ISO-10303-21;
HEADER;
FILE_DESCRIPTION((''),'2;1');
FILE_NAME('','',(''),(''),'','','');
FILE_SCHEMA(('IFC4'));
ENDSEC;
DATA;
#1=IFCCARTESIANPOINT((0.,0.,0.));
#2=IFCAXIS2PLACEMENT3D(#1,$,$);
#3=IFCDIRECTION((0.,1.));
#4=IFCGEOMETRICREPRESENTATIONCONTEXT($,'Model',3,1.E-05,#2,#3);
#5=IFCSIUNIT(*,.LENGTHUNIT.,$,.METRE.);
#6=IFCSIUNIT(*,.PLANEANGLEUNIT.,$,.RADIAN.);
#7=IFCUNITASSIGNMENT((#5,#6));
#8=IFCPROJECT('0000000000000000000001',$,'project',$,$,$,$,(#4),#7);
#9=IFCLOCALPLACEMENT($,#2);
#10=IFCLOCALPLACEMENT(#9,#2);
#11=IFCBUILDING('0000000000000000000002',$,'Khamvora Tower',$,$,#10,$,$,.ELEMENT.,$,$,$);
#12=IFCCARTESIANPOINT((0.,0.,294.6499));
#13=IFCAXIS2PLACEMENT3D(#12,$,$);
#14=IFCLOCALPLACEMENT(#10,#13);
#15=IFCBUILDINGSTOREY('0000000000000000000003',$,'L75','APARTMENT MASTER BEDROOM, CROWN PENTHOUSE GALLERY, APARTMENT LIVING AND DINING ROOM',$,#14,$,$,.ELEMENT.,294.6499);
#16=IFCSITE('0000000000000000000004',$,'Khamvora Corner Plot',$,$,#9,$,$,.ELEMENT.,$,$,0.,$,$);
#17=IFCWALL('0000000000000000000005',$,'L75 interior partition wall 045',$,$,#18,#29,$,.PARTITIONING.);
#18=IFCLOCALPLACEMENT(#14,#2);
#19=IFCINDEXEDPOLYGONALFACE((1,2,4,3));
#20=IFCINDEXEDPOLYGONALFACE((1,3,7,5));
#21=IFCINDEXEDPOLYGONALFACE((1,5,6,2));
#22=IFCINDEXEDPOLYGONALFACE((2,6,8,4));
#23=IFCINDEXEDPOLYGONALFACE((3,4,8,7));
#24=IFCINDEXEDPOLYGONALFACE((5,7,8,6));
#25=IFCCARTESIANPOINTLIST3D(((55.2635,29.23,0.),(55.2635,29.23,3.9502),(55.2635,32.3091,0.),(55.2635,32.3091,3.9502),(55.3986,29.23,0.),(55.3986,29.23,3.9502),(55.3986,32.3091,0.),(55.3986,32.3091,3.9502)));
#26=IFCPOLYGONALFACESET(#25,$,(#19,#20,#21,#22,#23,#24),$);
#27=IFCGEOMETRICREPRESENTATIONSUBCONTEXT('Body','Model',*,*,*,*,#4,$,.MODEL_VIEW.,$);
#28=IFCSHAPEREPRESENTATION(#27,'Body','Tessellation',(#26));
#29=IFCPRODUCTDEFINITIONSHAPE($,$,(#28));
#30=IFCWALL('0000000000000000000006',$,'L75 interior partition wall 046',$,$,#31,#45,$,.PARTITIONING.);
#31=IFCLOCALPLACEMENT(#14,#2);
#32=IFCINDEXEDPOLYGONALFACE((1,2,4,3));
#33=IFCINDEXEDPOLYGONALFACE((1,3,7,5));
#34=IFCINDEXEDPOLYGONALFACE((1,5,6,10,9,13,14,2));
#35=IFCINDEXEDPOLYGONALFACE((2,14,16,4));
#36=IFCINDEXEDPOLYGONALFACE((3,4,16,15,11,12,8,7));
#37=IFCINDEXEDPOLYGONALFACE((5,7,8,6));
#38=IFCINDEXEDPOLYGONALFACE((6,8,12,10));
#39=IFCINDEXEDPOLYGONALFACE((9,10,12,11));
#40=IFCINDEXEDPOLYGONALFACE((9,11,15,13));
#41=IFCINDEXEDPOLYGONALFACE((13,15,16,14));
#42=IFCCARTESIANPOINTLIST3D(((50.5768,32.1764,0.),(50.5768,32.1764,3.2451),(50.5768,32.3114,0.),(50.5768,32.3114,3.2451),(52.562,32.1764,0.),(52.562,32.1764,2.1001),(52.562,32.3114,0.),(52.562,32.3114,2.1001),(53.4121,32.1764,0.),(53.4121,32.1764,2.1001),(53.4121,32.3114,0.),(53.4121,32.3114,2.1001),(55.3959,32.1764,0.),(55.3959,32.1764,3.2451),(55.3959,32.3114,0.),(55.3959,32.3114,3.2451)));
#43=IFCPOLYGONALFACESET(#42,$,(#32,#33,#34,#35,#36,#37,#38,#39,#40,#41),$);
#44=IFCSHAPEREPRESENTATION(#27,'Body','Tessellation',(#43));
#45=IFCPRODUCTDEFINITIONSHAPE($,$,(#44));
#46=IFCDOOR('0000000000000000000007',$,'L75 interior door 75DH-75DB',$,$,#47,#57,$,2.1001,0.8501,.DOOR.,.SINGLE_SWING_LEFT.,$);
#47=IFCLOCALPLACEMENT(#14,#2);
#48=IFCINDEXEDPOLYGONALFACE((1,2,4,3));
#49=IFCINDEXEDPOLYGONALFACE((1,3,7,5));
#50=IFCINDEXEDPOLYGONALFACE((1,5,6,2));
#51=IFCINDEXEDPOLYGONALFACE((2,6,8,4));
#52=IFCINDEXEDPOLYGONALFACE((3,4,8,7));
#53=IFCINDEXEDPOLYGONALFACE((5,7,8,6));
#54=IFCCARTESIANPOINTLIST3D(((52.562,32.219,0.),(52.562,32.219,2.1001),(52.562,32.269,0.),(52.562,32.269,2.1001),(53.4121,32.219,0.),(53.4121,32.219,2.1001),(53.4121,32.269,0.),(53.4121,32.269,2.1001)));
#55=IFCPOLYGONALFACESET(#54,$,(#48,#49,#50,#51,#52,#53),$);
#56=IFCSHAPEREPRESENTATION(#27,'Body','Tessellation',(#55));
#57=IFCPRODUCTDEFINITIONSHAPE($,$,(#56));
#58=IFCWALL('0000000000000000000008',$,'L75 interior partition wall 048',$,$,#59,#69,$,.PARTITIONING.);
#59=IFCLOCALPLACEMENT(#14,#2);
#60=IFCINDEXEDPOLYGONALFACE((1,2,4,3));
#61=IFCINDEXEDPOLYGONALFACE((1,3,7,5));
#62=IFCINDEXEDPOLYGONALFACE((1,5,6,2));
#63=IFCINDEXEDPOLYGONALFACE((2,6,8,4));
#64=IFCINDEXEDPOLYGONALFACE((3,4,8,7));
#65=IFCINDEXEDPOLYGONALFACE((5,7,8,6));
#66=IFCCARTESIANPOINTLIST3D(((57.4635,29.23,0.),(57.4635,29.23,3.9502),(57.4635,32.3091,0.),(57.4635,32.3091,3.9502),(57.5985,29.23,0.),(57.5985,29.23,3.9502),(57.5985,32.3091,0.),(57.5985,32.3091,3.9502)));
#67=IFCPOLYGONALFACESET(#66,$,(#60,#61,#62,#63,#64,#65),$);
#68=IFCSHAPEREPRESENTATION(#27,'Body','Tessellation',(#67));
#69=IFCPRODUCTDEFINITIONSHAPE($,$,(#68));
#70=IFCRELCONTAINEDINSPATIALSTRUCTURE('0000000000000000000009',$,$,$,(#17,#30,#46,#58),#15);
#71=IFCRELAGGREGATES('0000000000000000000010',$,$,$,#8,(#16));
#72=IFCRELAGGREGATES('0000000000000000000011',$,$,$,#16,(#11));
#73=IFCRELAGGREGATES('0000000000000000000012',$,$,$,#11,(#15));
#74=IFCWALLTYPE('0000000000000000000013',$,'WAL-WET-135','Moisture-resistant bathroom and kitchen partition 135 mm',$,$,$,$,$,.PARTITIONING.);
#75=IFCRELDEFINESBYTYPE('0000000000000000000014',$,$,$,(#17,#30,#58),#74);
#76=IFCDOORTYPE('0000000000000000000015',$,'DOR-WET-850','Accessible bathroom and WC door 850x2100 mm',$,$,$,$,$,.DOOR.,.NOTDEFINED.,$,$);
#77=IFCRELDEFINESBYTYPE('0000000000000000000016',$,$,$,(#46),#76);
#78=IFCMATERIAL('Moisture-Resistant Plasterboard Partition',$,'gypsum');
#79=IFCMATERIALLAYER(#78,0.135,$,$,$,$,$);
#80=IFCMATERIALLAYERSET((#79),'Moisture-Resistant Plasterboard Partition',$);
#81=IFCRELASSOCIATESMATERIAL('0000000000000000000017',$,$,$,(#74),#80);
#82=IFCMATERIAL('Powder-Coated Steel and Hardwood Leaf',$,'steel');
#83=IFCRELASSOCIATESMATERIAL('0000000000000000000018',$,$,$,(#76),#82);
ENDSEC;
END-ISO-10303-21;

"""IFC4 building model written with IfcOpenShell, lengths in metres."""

from ifc_helpers import new_model, si_unit, direction, frame, frame_2d, origin, place, context, subcontext, project, spatial, rectangle, extrude, material, layer, layer_set, type_object, element, fill, save


model = new_model("IFC4")

# Units and contexts
model_context = context("Model", 3, precision=1e-05, world=origin(), true_north=direction((0.0, 1.0)))
body_context = subcontext(model_context, "Body", "Model", "MODEL_VIEW")
ifc_project = project(units=[si_unit("LENGTHUNIT", "METRE"), si_unit("PLANEANGLEUNIT", "RADIAN")], contexts=[model_context])

# Site, building, storey
site_placement = place(None, origin())
site = spatial("IfcSite", under=ifc_project, at=site_placement, Name="Khamvora Corner Plot", CompositionType="ELEMENT", RefElevation=0.0)
building_placement = place(site_placement, origin())
building = spatial("IfcBuilding", under=site, at=building_placement, Name="Khamvora Tower", CompositionType="ELEMENT")
storey_placement = place(building_placement, frame((0.0, 0.0, 294.6499)))
storey = spatial("IfcBuildingStorey", under=building, at=storey_placement, Name="L75", Description="APARTMENT MASTER BEDROOM, CROWN PENTHOUSE GALLERY, APARTMENT LIVING AND DINING ROOM", CompositionType="ELEMENT", Elevation=294.6499)

# Shared definitions
ifc_material_1 = material(Name="Powder-Coated Steel and Hardwood Leaf", Category="steel")

# Wall
ifc_material_2 = material(Name="Moisture-Resistant Plasterboard Partition", Category="gypsum")
ifc_layer_1 = layer(ifc_material_2, 0.135)
ifc_layer_set_1 = layer_set([ifc_layer_1], Name="Moisture-Resistant Plasterboard Partition")
wall_type_1 = type_object("IfcWallType", Name="WAL-WET-135", Description="Moisture-resistant bathroom and kitchen partition 135 mm", PredefinedType="PARTITIONING", material=ifc_layer_set_1)
wall_1_placement = place(storey_placement, frame((55.3311, 29.23, 0.0), z_axis=(0.0, 0.0, 1.0), x_axis=(0.0, 1.0, 0.0)))
element("IfcWall", 1, at=wall_1_placement, inside=storey, type_object=wall_type_1, Name="L75 interior partition wall 045", PredefinedType="PARTITIONING", context=body_context, shape_type="SweptSolid", body=[
    extrude(rectangle(XDim=3.0791, YDim=0.135, at=frame_2d((1.5396, 0.0))), origin(), (0.0, 0.0, 1.0), 3.9502),
])

# Wall, opening, door
wall_2_placement = place(storey_placement, frame((55.396, 32.2439, 0.0), z_axis=(0.0, 0.0, 1.0), x_axis=(-1.0, 0.0, 0.0)))
wall_2 = element("IfcWall", 2, at=wall_2_placement, inside=storey, type_object=wall_type_1, Name="L75 interior partition wall 046", PredefinedType="PARTITIONING", context=body_context, shape_type="SweptSolid", body=[
    extrude(rectangle(XDim=4.8191, YDim=0.135, at=frame_2d((2.4097, 0.0))), origin(), (0.0, 0.0, 1.0), 3.2451),
])
opening_1_placement = place(wall_2_placement, frame((1.9839, 0.0, 0.0)))
opening_1 = element("IfcOpeningElement", 3, at=opening_1_placement, cuts=wall_2, PredefinedType="OPENING", context=body_context, shape_type="SweptSolid", body=[
    extrude(rectangle(XDim=0.8501, YDim=2.1001, at=frame_2d((0.425, 1.05))), frame((0.0, 0.0774, 0.0), z_axis=(0.0, -1.0, 0.0), x_axis=(1.0, 0.0, 0.0)), (0.0, 0.0, 1.0), 0.155),
])
door_type_1 = type_object("IfcDoorType", Name="DOR-WET-850", Description="Accessible bathroom and WC door 850x2100 mm", OperationType="NOTDEFINED", PredefinedType="DOOR", material=ifc_material_1)
door_1_placement = place(opening_1_placement, origin())
door_1 = element("IfcDoor", 4, at=door_1_placement, inside=storey, type_object=door_type_1, Name="L75 interior door 75DH-75DB", OperationType="SINGLE_SWING_LEFT", OverallHeight=2.1001, OverallWidth=0.8501, PredefinedType="DOOR", context=body_context, shape_type="SweptSolid", body=[
    extrude(rectangle(XDim=0.8501, YDim=2.1001, at=frame_2d((0.425, 1.05))), frame((0.0, 0.0249, 0.0), z_axis=(0.0, -1.0, 0.0), x_axis=(1.0, 0.0, 0.0)), (0.0, 0.0, 1.0), 0.05),
])
fill(opening_1, door_1)

# Wall
wall_3_placement = place(storey_placement, frame((57.531, 32.3091, 0.0), z_axis=(0.0, 0.0, 1.0), x_axis=(0.0, -1.0, 0.0)))
element("IfcWall", 5, at=wall_3_placement, inside=storey, type_object=wall_type_1, Name="L75 interior partition wall 048", PredefinedType="PARTITIONING", context=body_context, shape_type="SweptSolid", body=[
    extrude(rectangle(XDim=3.0791, YDim=0.135, at=frame_2d((1.5396, 0.0))), origin(), (0.0, 0.0, 1.0), 3.9502),
])

save(model, "model.ifc")
